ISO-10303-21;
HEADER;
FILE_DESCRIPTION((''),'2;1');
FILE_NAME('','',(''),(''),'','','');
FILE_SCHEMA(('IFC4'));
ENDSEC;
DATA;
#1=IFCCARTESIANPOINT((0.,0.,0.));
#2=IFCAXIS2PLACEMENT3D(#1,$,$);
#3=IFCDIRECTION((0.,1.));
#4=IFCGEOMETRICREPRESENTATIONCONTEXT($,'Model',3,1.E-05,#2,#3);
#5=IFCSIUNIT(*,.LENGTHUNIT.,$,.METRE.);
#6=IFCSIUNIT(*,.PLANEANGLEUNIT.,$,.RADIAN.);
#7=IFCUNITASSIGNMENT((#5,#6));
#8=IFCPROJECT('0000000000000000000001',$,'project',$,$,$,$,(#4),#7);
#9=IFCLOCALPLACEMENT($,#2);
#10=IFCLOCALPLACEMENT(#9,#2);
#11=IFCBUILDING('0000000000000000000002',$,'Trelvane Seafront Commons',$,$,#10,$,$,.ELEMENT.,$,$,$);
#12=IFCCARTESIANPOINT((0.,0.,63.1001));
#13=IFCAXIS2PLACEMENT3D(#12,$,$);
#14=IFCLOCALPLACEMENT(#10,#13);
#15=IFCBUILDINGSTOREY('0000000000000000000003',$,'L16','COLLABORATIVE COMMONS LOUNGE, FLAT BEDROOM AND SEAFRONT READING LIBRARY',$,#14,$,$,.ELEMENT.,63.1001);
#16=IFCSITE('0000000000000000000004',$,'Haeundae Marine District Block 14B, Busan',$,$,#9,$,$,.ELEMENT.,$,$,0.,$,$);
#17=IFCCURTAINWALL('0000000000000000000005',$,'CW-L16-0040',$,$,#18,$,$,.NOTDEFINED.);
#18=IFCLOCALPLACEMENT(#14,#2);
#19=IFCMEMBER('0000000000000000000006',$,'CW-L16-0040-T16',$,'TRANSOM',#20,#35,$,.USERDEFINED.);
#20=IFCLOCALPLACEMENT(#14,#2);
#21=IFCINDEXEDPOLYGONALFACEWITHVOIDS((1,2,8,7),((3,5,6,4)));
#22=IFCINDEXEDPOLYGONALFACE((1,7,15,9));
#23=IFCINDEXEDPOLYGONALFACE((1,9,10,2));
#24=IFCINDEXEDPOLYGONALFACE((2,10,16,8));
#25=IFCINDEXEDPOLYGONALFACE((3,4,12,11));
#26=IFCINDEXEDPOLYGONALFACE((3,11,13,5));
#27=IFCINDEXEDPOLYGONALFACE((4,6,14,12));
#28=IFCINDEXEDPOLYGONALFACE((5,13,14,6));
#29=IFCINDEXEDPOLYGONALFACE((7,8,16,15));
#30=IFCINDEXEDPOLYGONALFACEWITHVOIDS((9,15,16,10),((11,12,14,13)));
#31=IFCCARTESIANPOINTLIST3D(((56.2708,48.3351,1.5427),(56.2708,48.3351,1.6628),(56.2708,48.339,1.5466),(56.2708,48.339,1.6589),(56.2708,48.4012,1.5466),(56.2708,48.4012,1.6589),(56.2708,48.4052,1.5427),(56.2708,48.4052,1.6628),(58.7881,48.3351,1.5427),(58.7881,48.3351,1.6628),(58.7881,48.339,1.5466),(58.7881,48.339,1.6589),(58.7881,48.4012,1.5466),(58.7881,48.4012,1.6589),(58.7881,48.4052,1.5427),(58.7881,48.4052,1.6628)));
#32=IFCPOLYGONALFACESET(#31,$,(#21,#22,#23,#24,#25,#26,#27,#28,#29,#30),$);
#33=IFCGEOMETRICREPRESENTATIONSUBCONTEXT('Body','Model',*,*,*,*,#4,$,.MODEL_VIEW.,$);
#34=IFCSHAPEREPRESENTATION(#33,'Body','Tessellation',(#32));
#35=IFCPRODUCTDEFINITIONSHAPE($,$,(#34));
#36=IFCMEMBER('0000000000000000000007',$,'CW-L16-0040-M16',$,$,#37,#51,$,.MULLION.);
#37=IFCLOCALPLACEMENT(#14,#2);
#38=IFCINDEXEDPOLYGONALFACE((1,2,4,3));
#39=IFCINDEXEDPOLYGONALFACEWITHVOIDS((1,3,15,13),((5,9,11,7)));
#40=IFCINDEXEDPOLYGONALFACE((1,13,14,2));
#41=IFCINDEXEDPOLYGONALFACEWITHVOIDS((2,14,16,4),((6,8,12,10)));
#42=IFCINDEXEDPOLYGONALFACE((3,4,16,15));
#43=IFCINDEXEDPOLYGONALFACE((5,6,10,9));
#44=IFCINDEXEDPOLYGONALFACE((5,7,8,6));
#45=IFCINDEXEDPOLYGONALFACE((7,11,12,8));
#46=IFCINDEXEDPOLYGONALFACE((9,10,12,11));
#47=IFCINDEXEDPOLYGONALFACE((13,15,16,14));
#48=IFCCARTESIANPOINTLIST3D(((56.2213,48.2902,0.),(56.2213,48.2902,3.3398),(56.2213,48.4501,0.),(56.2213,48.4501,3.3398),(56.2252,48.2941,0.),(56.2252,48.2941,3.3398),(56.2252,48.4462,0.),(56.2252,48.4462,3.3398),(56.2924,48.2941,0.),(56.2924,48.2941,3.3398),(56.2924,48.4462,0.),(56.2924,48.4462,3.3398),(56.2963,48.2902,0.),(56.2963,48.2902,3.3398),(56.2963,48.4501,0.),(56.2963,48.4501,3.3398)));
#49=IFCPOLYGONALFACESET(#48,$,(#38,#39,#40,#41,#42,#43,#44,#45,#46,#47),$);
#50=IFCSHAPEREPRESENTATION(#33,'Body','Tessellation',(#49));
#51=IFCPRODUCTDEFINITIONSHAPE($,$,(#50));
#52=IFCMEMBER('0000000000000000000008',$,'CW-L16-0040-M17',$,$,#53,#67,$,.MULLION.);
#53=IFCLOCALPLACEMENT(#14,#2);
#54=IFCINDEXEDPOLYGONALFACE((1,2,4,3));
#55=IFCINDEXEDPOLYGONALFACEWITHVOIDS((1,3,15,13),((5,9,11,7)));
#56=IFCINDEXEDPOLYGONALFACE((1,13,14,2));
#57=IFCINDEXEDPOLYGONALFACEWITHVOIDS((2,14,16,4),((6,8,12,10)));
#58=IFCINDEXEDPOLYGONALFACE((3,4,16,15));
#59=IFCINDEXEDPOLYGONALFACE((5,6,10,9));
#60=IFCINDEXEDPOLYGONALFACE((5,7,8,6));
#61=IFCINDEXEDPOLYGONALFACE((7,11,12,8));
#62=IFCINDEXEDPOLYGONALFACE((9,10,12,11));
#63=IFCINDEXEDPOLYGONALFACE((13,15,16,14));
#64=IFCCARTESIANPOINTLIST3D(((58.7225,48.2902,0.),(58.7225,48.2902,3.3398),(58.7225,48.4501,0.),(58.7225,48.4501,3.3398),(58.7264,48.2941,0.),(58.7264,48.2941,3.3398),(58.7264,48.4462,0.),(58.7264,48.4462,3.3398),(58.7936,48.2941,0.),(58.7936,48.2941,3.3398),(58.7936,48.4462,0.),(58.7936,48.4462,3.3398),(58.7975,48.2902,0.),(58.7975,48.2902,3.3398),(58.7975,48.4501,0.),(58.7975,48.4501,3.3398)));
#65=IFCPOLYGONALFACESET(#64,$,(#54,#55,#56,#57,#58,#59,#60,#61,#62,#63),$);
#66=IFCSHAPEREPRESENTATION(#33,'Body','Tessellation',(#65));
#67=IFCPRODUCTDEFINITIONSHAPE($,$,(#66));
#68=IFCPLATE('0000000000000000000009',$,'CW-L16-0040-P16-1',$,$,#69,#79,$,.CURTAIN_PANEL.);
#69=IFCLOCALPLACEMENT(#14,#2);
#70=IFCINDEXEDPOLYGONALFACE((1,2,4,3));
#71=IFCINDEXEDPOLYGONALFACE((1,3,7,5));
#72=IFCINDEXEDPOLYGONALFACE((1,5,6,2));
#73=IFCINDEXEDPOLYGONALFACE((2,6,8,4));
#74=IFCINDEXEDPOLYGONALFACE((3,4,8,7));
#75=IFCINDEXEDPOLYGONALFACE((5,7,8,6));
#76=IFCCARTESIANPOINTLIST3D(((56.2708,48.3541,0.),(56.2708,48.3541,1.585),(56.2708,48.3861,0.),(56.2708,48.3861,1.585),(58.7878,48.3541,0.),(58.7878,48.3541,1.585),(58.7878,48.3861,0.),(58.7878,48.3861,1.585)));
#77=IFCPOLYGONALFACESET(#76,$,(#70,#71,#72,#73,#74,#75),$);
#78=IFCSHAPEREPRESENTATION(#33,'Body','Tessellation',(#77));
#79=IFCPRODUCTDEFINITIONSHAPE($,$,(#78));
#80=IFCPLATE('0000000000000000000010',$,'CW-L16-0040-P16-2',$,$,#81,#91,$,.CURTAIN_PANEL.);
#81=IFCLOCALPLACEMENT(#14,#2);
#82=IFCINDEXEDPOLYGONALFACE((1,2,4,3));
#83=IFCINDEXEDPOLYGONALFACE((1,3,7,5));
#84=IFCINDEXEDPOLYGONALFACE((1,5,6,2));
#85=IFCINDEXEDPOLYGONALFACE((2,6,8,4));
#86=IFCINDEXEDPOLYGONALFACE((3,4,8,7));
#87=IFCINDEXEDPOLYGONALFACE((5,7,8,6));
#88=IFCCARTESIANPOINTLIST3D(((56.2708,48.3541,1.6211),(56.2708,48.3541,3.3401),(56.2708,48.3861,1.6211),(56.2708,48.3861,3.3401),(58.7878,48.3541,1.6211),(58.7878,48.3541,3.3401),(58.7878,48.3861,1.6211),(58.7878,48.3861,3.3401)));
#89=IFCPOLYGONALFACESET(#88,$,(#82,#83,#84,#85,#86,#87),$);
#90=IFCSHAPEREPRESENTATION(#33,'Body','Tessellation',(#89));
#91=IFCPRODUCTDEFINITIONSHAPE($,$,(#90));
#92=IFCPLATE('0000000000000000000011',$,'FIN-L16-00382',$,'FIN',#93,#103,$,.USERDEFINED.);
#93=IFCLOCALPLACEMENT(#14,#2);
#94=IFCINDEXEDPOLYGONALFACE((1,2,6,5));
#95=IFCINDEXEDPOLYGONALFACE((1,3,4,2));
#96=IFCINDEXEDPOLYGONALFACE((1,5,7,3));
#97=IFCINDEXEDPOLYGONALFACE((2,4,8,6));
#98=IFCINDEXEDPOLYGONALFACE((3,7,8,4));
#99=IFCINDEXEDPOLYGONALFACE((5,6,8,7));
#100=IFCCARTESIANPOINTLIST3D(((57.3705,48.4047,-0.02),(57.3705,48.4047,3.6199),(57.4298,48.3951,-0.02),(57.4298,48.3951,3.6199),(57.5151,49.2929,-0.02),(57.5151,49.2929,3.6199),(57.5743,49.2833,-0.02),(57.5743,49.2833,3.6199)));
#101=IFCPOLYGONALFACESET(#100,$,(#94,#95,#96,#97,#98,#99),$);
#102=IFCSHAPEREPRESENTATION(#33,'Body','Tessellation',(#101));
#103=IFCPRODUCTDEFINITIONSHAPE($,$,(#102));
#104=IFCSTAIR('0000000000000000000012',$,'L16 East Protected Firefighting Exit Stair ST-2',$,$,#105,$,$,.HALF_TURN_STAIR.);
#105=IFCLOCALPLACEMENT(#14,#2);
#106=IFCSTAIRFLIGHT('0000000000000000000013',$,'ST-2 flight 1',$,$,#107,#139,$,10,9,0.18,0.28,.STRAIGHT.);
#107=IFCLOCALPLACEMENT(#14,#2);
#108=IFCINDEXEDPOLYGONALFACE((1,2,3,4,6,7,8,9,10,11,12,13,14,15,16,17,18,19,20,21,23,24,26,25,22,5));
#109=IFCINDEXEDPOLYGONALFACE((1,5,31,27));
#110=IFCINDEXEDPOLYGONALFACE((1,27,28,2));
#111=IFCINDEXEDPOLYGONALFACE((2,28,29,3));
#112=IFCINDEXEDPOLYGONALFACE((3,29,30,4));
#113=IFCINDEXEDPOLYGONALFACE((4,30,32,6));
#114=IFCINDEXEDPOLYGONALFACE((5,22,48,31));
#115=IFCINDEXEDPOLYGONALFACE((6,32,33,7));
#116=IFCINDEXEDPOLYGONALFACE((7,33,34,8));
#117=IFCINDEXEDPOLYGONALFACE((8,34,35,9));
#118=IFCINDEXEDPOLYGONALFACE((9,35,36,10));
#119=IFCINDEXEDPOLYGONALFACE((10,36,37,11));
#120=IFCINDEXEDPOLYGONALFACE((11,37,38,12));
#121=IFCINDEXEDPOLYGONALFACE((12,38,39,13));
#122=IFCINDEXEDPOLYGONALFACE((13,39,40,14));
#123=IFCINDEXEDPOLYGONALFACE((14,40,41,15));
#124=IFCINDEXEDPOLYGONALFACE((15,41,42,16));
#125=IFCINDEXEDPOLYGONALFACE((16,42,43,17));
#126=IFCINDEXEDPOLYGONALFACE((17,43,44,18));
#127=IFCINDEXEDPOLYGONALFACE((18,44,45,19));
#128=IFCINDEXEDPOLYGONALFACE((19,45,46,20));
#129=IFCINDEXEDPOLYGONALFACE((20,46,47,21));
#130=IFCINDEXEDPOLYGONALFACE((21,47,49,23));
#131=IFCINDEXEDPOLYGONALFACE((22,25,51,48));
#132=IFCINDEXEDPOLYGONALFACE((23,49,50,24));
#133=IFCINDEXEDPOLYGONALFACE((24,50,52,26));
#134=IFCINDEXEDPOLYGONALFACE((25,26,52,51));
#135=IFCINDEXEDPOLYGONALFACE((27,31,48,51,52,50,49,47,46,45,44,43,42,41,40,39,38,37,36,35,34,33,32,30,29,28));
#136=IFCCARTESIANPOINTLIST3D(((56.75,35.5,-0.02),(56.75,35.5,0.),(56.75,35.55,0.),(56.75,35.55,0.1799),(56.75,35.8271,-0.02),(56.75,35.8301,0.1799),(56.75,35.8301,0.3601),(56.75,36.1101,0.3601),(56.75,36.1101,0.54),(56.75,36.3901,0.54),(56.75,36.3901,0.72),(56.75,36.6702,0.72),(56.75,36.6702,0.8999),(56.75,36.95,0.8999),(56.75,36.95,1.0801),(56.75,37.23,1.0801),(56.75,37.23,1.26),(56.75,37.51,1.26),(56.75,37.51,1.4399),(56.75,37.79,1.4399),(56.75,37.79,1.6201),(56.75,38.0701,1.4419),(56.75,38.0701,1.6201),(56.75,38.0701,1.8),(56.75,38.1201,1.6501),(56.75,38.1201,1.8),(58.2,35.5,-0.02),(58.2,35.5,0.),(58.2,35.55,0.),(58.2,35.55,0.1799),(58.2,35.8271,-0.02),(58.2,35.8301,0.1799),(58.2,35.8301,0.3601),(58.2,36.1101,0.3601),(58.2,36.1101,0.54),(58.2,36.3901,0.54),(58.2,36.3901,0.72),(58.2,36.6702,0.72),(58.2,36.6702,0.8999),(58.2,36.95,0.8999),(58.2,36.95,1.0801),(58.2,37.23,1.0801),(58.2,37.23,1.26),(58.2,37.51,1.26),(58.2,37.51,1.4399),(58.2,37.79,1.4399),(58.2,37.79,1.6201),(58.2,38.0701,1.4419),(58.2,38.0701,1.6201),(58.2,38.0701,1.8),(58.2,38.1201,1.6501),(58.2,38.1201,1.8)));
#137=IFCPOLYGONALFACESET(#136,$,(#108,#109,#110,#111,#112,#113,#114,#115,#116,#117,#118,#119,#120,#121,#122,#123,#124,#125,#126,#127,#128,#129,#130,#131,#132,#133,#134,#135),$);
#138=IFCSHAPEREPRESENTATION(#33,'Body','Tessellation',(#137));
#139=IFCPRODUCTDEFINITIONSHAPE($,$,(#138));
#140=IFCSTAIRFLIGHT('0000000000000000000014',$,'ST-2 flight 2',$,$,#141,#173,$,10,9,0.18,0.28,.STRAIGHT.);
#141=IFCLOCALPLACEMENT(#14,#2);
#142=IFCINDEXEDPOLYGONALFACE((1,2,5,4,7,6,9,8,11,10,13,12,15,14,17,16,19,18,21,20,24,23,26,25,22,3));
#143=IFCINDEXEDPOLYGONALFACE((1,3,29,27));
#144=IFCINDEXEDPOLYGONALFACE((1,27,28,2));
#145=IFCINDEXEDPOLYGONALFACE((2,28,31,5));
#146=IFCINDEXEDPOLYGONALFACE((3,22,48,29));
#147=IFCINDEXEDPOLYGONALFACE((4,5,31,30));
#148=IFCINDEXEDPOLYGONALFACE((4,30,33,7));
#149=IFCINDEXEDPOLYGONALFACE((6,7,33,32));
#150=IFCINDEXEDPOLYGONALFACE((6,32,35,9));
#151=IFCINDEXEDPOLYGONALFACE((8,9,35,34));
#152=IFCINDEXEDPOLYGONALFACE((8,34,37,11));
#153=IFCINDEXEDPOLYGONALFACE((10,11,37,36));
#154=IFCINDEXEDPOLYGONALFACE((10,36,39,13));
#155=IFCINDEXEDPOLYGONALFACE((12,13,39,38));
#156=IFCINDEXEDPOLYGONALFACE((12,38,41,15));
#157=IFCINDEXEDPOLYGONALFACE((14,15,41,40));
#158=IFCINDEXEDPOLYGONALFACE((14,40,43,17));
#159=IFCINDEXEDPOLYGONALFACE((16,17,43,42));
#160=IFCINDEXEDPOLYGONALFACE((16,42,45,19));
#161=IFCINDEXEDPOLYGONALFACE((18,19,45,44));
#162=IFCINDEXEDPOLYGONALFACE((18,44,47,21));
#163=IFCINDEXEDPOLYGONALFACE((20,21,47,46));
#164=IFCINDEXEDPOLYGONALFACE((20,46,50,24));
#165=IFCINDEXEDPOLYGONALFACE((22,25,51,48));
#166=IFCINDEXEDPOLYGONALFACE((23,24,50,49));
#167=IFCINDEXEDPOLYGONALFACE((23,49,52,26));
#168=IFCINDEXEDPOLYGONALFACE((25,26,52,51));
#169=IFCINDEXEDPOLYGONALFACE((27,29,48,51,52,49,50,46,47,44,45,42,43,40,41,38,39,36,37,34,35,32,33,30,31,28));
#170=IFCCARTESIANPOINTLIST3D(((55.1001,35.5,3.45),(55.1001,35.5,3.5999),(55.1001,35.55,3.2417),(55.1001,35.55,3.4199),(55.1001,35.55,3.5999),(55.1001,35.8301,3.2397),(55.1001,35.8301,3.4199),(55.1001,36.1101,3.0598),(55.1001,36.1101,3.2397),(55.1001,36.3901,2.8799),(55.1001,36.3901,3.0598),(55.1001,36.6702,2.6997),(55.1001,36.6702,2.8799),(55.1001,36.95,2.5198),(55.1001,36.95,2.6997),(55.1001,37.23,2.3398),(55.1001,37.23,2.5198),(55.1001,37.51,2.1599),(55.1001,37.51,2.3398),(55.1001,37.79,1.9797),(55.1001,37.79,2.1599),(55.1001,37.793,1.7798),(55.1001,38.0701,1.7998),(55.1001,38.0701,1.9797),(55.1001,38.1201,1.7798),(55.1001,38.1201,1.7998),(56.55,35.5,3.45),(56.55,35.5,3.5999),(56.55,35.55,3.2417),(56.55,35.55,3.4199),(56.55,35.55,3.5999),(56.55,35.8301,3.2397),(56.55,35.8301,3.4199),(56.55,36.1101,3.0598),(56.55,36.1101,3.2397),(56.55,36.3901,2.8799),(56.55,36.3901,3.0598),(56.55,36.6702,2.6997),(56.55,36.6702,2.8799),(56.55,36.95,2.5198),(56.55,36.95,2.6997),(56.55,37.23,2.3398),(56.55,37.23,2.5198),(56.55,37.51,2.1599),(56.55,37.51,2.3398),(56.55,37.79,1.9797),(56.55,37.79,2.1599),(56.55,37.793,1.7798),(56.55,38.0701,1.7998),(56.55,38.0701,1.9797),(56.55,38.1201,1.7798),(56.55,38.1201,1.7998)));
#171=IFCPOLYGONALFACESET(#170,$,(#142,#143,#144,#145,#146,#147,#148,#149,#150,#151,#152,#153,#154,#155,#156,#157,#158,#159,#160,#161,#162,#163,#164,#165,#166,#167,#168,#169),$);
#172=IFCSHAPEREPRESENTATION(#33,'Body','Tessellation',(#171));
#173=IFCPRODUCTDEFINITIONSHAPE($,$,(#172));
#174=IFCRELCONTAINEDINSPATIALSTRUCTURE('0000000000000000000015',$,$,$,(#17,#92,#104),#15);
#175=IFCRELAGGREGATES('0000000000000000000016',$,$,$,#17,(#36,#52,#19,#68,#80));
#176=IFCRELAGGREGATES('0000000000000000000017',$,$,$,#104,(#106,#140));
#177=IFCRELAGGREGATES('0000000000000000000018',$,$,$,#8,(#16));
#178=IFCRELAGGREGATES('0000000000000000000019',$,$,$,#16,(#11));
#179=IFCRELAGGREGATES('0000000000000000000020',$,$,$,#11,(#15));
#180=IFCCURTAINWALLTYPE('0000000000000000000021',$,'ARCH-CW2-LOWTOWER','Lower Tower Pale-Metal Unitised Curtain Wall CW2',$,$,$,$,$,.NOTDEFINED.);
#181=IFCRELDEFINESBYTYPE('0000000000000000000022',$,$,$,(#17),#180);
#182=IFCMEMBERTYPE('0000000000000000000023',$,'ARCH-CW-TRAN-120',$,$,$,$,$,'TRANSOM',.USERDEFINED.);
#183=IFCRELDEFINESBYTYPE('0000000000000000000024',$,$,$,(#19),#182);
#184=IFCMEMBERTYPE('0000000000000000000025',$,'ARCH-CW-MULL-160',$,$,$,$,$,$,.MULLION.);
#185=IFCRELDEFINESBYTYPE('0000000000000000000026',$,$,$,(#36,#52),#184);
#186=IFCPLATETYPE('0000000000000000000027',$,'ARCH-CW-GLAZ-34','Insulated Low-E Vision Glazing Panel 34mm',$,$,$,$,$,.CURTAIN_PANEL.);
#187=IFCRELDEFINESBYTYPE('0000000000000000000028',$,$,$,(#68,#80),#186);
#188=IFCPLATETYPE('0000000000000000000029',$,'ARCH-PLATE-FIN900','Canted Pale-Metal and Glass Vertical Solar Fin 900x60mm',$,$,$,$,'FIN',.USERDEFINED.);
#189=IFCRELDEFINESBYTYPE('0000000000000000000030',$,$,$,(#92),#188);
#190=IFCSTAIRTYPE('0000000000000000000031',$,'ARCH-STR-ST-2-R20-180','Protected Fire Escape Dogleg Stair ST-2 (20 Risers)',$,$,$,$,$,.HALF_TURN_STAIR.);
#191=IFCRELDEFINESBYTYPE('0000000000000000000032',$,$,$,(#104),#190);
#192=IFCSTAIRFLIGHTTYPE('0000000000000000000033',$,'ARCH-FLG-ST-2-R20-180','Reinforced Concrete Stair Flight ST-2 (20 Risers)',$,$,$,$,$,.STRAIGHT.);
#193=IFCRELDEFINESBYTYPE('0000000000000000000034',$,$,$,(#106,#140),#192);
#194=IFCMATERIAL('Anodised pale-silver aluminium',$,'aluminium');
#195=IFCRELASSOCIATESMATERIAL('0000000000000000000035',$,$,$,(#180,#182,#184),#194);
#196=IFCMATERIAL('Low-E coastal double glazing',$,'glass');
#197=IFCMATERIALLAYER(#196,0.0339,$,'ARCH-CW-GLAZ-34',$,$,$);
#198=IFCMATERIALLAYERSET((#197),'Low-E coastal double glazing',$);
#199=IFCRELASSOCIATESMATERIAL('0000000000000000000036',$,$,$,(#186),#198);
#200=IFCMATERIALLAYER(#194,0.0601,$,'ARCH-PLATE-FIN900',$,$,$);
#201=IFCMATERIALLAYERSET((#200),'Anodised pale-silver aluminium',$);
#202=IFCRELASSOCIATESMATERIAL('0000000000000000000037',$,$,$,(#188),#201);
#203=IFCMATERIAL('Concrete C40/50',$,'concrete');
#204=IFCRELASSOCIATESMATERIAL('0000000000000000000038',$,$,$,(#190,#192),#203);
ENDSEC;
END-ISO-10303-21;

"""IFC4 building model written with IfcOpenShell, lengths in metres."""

from ifc_helpers import new_model, si_unit, direction, frame, origin, origin_2d, place, context, subcontext, project, spatial, polyline, rectangle, hollow_rectangle, outline, extrude, source, transform, mapped, material, layer, layer_set, material_profile, profile_set, type_object, element, aggregate, save


model = new_model("IFC4")

# Units and contexts
model_context = context("Model", 3, precision=1e-05, world=origin(), true_north=direction((0.0, 1.0)))
body_context = subcontext(model_context, "Body", "Model", "MODEL_VIEW")
ifc_project = project(units=[si_unit("LENGTHUNIT", "METRE"), si_unit("PLANEANGLEUNIT", "RADIAN")], contexts=[model_context])

# Site, building, storey
site_placement = place(None, origin())
site = spatial("IfcSite", under=ifc_project, at=site_placement, Name="Haeundae Marine District Block 14B, Busan", CompositionType="ELEMENT", RefElevation=0.0)
building_placement = place(site_placement, origin())
building = spatial("IfcBuilding", under=site, at=building_placement, Name="Trelvane Seafront Commons", CompositionType="ELEMENT")
storey_placement = place(building_placement, frame((0.0, 0.0, 63.1001)))
storey = spatial("IfcBuildingStorey", under=building, at=storey_placement, Name="L16", Description="COLLABORATIVE COMMONS LOUNGE, FLAT BEDROOM AND SEAFRONT READING LIBRARY", CompositionType="ELEMENT", Elevation=63.1001)

# Curtain wall, members, plates
ifc_material_1 = material(Name="Anodised pale-silver aluminium", Category="aluminium")
curtain_wall_type = type_object("IfcCurtainWallType", Name="ARCH-CW2-LOWTOWER", Description="Lower Tower Pale-Metal Unitised Curtain Wall CW2", PredefinedType="NOTDEFINED", material=ifc_material_1)
curtain_wall_placement = place(storey_placement, origin())
curtain_wall = element("IfcCurtainWall", 1, at=curtain_wall_placement, inside=storey, type_object=curtain_wall_type, Name="CW-L16-0040", PredefinedType="NOTDEFINED")
ifc_material_profile_1 = material_profile(ifc_material_1, hollow_rectangle(XDim=0.0701, YDim=0.1201, WallThickness=0.0039, at=origin_2d()), Name="TRAN-70x120x4")
ifc_profile_set_1 = profile_set([ifc_material_profile_1], Name="Anodised pale-silver aluminium")
member_type_1 = type_object("IfcMemberType", Name="ARCH-CW-TRAN-120", ElementType="TRANSOM", PredefinedType="USERDEFINED", material=ifc_profile_set_1)
shared_shape_1 = source(origin(), body_context, "Body", "SweptSolid", [
    extrude(hollow_rectangle(XDim=0.0701, YDim=0.1201, WallThickness=0.0039, at=origin_2d()), origin(), (0.0, 0.0, 1.0), 2.5173),
])
member_1_placement = place(storey_placement, frame((56.2708, 48.3701, 1.6028), z_axis=(1.0, 0.0, 0.0), x_axis=(0.0, 1.0, 0.0)))
member_1 = element("IfcMember", 2, at=member_1_placement, type_object=member_type_1, Name="CW-L16-0040-T16", ObjectType="TRANSOM", PredefinedType="USERDEFINED", context=body_context, shape_type="MappedRepresentation", body=[
    mapped(shared_shape_1, transform((0.0, 0.0, 0.0), x_axis=(1.0, 0.0, 0.0), y_axis=(0.0, 1.0, 0.0), z_axis=(0.0, 0.0, 1.0), scale=1.0)),
])
ifc_material_profile_2 = material_profile(ifc_material_1, hollow_rectangle(XDim=0.075, YDim=0.1599, WallThickness=0.0039, at=origin_2d()), Name="MULL-75x160x4")
ifc_profile_set_2 = profile_set([ifc_material_profile_2], Name="Anodised pale-silver aluminium")
member_type_2 = type_object("IfcMemberType", Name="ARCH-CW-MULL-160", PredefinedType="MULLION", material=ifc_profile_set_2)
shared_shape_2 = source(origin(), body_context, "Body", "SweptSolid", [
    extrude(hollow_rectangle(XDim=0.075, YDim=0.1599, WallThickness=0.0039, at=origin_2d()), origin(), (0.0, 0.0, 1.0), 3.3398),
])
member_2_placement = place(storey_placement, frame((56.2588, 48.3701, 0.0), z_axis=(0.0, 0.0, 1.0), x_axis=(1.0, 0.0, 0.0)))
member_2 = element("IfcMember", 3, at=member_2_placement, type_object=member_type_2, Name="CW-L16-0040-M16", PredefinedType="MULLION", context=body_context, shape_type="MappedRepresentation", body=[
    mapped(shared_shape_2, transform((0.0, 0.0, 0.0), x_axis=(1.0, 0.0, 0.0), y_axis=(0.0, 1.0, 0.0), z_axis=(0.0, 0.0, 1.0), scale=1.0)),
])
member_3_placement = place(storey_placement, frame((58.76, 48.3701, 0.0), z_axis=(0.0, 0.0, 1.0), x_axis=(1.0, 0.0, 0.0)))
member_3 = element("IfcMember", 4, at=member_3_placement, type_object=member_type_2, Name="CW-L16-0040-M17", PredefinedType="MULLION", context=body_context, shape_type="MappedRepresentation", body=[
    mapped(shared_shape_2, transform((0.0, 0.0, 0.0), x_axis=(1.0, 0.0, 0.0), y_axis=(0.0, 1.0, 0.0), z_axis=(0.0, 0.0, 1.0), scale=1.0)),
])
ifc_material_2 = material(Name="Low-E coastal double glazing", Category="glass")
ifc_layer_1 = layer(ifc_material_2, 0.0339, Name="ARCH-CW-GLAZ-34")
ifc_layer_set_1 = layer_set([ifc_layer_1], Name="Low-E coastal double glazing")
plate_type_1 = type_object("IfcPlateType", Name="ARCH-CW-GLAZ-34", Description="Insulated Low-E Vision Glazing Panel 34mm", PredefinedType="CURTAIN_PANEL", material=ifc_layer_set_1)
shared_shape_3 = source(origin(), body_context, "Body", "SweptSolid", [
    extrude(rectangle(XDim=2.5171, YDim=0.032, at=origin_2d()), origin(), (0.0, 0.0, 1.0), 1.585),
])
plate_1_placement = place(storey_placement, frame((57.5293, 48.3701, 0.0), z_axis=(0.0, 0.0, 1.0), x_axis=(1.0, 0.0, 0.0)))
plate_1 = element("IfcPlate", 5, at=plate_1_placement, type_object=plate_type_1, Name="CW-L16-0040-P16-1", PredefinedType="CURTAIN_PANEL", context=body_context, shape_type="MappedRepresentation", body=[
    mapped(shared_shape_3, transform((0.0, 0.0, 0.0), x_axis=(1.0, 0.0, 0.0), y_axis=(0.0, 1.0, 0.0), z_axis=(0.0, 0.0, 1.0), scale=1.0)),
])
shared_shape_4 = source(origin(), body_context, "Body", "SweptSolid", [
    extrude(rectangle(XDim=2.5171, YDim=0.032, at=origin_2d()), origin(), (0.0, 0.0, 1.0), 1.719),
])
plate_2_placement = place(storey_placement, frame((57.5293, 48.3701, 1.6211), z_axis=(0.0, 0.0, 1.0), x_axis=(1.0, 0.0, 0.0)))
plate_2 = element("IfcPlate", 6, at=plate_2_placement, type_object=plate_type_1, Name="CW-L16-0040-P16-2", PredefinedType="CURTAIN_PANEL", context=body_context, shape_type="MappedRepresentation", body=[
    mapped(shared_shape_4, transform((0.0, 0.0, 0.0), x_axis=(1.0, 0.0, 0.0), y_axis=(0.0, 1.0, 0.0), z_axis=(0.0, 0.0, 1.0), scale=1.0)),
])
aggregate(curtain_wall, [member_2, member_3, member_1, plate_1, plate_2])

# Plate
ifc_layer_2 = layer(ifc_material_1, 0.0601, Name="ARCH-PLATE-FIN900")
ifc_layer_set_2 = layer_set([ifc_layer_2], Name="Anodised pale-silver aluminium")
plate_type_2 = type_object("IfcPlateType", Name="ARCH-PLATE-FIN900", Description="Canted Pale-Metal and Glass Vertical Solar Fin 900x60mm", ElementType="FIN", PredefinedType="USERDEFINED", material=ifc_layer_set_2)
shared_shape_5 = source(origin(), body_context, "Body", "SweptSolid", [
    extrude(rectangle(XDim=0.8999, YDim=0.0601, at=origin_2d()), origin(), (0.0, 0.0, 1.0), 3.6399),
])
plate_3_placement = place(storey_placement, frame((57.4724, 48.844, -0.02), z_axis=(0.0, 0.0, 1.0), x_axis=(0.160668, 0.987008, 0.0)))
element("IfcPlate", 7, at=plate_3_placement, inside=storey, type_object=plate_type_2, Name="FIN-L16-00382", ObjectType="FIN", PredefinedType="USERDEFINED", context=body_context, shape_type="MappedRepresentation", body=[
    mapped(shared_shape_5, transform((0.0, 0.0, 0.0), x_axis=(1.0, 0.0, 0.0), y_axis=(0.0, 1.0, 0.0), z_axis=(0.0, 0.0, 1.0), scale=1.0)),
])

# Stair, stair flights
ifc_material_3 = material(Name="Concrete C40/50", Category="concrete")
stair_type = type_object("IfcStairType", Name="ARCH-STR-ST-2-R20-180", Description="Protected Fire Escape Dogleg Stair ST-2 (20 Risers)", PredefinedType="HALF_TURN_STAIR", material=ifc_material_3)
stair_placement = place(storey_placement, origin())
stair = element("IfcStair", 8, at=stair_placement, inside=storey, type_object=stair_type, Name="L16 East Protected Firefighting Exit Stair ST-2", PredefinedType="HALF_TURN_STAIR")
stair_flight_type = type_object("IfcStairFlightType", Name="ARCH-FLG-ST-2-R20-180", Description="Reinforced Concrete Stair Flight ST-2 (20 Risers)", PredefinedType="STRAIGHT", material=ifc_material_3)
shared_shape_6 = source(origin(), body_context, "Body", "SweptSolid", [
    extrude(outline(polyline([(-0.05, -0.02), (-0.05, 0.0), (0.0, 0.0), (0.0, 0.1799), (0.28, 0.1799), (0.28, 0.3601), (0.5601, 0.3601), (0.5601, 0.54), (0.8401, 0.54), (0.8401, 0.72), (1.1201, 0.72), (1.1201, 0.8999), (1.3999, 0.8999), (1.3999, 1.0801), (1.6799, 1.0801), (1.6799, 1.26), (1.96, 1.26), (1.96, 1.4399), (2.24, 1.4399), (2.24, 1.6201), (2.52, 1.6201), (2.52, 1.8), (2.5701, 1.8), (2.5701, 1.6501), (2.52, 1.4419), (0.2771, -0.02), (-0.05, -0.02)])), frame((0.0, 0.7251, 0.0), z_axis=(0.0, -1.0, 0.0), x_axis=(1.0, 0.0, 0.0)), (0.0, 0.0, 1.0), 1.45),
])
stair_flight_1_placement = place(storey_placement, frame((57.4751, 35.55, 0.0), z_axis=(0.0, 0.0, 1.0), x_axis=(0.0, 1.0, 0.0)))
stair_flight_1 = element("IfcStairFlight", 9, at=stair_flight_1_placement, type_object=stair_flight_type, Name="ST-2 flight 1", NumberOfRisers=10, NumberOfTreads=9, PredefinedType="STRAIGHT", RiserHeight=0.18, TreadLength=0.28, context=body_context, shape_type="MappedRepresentation", body=[
    mapped(shared_shape_6, transform((0.0, 0.0, 0.0), x_axis=(1.0, 0.0, 0.0), y_axis=(0.0, 1.0, 0.0), z_axis=(0.0, 0.0, 1.0), scale=1.0)),
])
stair_flight_2_placement = place(storey_placement, frame((55.825, 38.0701, 1.7998), z_axis=(0.0, 0.0, 1.0), x_axis=(0.0, -1.0, 0.0)))
stair_flight_2 = element("IfcStairFlight", 10, at=stair_flight_2_placement, type_object=stair_flight_type, Name="ST-2 flight 2", NumberOfRisers=10, NumberOfTreads=9, PredefinedType="STRAIGHT", RiserHeight=0.18, TreadLength=0.28, context=body_context, shape_type="MappedRepresentation", body=[
    mapped(shared_shape_6, transform((0.0, 0.0, 0.0), x_axis=(1.0, 0.0, 0.0), y_axis=(0.0, 1.0, 0.0), z_axis=(0.0, 0.0, 1.0), scale=1.0)),
])
aggregate(stair, [stair_flight_1, stair_flight_2])

save(model, "model.ifc")
